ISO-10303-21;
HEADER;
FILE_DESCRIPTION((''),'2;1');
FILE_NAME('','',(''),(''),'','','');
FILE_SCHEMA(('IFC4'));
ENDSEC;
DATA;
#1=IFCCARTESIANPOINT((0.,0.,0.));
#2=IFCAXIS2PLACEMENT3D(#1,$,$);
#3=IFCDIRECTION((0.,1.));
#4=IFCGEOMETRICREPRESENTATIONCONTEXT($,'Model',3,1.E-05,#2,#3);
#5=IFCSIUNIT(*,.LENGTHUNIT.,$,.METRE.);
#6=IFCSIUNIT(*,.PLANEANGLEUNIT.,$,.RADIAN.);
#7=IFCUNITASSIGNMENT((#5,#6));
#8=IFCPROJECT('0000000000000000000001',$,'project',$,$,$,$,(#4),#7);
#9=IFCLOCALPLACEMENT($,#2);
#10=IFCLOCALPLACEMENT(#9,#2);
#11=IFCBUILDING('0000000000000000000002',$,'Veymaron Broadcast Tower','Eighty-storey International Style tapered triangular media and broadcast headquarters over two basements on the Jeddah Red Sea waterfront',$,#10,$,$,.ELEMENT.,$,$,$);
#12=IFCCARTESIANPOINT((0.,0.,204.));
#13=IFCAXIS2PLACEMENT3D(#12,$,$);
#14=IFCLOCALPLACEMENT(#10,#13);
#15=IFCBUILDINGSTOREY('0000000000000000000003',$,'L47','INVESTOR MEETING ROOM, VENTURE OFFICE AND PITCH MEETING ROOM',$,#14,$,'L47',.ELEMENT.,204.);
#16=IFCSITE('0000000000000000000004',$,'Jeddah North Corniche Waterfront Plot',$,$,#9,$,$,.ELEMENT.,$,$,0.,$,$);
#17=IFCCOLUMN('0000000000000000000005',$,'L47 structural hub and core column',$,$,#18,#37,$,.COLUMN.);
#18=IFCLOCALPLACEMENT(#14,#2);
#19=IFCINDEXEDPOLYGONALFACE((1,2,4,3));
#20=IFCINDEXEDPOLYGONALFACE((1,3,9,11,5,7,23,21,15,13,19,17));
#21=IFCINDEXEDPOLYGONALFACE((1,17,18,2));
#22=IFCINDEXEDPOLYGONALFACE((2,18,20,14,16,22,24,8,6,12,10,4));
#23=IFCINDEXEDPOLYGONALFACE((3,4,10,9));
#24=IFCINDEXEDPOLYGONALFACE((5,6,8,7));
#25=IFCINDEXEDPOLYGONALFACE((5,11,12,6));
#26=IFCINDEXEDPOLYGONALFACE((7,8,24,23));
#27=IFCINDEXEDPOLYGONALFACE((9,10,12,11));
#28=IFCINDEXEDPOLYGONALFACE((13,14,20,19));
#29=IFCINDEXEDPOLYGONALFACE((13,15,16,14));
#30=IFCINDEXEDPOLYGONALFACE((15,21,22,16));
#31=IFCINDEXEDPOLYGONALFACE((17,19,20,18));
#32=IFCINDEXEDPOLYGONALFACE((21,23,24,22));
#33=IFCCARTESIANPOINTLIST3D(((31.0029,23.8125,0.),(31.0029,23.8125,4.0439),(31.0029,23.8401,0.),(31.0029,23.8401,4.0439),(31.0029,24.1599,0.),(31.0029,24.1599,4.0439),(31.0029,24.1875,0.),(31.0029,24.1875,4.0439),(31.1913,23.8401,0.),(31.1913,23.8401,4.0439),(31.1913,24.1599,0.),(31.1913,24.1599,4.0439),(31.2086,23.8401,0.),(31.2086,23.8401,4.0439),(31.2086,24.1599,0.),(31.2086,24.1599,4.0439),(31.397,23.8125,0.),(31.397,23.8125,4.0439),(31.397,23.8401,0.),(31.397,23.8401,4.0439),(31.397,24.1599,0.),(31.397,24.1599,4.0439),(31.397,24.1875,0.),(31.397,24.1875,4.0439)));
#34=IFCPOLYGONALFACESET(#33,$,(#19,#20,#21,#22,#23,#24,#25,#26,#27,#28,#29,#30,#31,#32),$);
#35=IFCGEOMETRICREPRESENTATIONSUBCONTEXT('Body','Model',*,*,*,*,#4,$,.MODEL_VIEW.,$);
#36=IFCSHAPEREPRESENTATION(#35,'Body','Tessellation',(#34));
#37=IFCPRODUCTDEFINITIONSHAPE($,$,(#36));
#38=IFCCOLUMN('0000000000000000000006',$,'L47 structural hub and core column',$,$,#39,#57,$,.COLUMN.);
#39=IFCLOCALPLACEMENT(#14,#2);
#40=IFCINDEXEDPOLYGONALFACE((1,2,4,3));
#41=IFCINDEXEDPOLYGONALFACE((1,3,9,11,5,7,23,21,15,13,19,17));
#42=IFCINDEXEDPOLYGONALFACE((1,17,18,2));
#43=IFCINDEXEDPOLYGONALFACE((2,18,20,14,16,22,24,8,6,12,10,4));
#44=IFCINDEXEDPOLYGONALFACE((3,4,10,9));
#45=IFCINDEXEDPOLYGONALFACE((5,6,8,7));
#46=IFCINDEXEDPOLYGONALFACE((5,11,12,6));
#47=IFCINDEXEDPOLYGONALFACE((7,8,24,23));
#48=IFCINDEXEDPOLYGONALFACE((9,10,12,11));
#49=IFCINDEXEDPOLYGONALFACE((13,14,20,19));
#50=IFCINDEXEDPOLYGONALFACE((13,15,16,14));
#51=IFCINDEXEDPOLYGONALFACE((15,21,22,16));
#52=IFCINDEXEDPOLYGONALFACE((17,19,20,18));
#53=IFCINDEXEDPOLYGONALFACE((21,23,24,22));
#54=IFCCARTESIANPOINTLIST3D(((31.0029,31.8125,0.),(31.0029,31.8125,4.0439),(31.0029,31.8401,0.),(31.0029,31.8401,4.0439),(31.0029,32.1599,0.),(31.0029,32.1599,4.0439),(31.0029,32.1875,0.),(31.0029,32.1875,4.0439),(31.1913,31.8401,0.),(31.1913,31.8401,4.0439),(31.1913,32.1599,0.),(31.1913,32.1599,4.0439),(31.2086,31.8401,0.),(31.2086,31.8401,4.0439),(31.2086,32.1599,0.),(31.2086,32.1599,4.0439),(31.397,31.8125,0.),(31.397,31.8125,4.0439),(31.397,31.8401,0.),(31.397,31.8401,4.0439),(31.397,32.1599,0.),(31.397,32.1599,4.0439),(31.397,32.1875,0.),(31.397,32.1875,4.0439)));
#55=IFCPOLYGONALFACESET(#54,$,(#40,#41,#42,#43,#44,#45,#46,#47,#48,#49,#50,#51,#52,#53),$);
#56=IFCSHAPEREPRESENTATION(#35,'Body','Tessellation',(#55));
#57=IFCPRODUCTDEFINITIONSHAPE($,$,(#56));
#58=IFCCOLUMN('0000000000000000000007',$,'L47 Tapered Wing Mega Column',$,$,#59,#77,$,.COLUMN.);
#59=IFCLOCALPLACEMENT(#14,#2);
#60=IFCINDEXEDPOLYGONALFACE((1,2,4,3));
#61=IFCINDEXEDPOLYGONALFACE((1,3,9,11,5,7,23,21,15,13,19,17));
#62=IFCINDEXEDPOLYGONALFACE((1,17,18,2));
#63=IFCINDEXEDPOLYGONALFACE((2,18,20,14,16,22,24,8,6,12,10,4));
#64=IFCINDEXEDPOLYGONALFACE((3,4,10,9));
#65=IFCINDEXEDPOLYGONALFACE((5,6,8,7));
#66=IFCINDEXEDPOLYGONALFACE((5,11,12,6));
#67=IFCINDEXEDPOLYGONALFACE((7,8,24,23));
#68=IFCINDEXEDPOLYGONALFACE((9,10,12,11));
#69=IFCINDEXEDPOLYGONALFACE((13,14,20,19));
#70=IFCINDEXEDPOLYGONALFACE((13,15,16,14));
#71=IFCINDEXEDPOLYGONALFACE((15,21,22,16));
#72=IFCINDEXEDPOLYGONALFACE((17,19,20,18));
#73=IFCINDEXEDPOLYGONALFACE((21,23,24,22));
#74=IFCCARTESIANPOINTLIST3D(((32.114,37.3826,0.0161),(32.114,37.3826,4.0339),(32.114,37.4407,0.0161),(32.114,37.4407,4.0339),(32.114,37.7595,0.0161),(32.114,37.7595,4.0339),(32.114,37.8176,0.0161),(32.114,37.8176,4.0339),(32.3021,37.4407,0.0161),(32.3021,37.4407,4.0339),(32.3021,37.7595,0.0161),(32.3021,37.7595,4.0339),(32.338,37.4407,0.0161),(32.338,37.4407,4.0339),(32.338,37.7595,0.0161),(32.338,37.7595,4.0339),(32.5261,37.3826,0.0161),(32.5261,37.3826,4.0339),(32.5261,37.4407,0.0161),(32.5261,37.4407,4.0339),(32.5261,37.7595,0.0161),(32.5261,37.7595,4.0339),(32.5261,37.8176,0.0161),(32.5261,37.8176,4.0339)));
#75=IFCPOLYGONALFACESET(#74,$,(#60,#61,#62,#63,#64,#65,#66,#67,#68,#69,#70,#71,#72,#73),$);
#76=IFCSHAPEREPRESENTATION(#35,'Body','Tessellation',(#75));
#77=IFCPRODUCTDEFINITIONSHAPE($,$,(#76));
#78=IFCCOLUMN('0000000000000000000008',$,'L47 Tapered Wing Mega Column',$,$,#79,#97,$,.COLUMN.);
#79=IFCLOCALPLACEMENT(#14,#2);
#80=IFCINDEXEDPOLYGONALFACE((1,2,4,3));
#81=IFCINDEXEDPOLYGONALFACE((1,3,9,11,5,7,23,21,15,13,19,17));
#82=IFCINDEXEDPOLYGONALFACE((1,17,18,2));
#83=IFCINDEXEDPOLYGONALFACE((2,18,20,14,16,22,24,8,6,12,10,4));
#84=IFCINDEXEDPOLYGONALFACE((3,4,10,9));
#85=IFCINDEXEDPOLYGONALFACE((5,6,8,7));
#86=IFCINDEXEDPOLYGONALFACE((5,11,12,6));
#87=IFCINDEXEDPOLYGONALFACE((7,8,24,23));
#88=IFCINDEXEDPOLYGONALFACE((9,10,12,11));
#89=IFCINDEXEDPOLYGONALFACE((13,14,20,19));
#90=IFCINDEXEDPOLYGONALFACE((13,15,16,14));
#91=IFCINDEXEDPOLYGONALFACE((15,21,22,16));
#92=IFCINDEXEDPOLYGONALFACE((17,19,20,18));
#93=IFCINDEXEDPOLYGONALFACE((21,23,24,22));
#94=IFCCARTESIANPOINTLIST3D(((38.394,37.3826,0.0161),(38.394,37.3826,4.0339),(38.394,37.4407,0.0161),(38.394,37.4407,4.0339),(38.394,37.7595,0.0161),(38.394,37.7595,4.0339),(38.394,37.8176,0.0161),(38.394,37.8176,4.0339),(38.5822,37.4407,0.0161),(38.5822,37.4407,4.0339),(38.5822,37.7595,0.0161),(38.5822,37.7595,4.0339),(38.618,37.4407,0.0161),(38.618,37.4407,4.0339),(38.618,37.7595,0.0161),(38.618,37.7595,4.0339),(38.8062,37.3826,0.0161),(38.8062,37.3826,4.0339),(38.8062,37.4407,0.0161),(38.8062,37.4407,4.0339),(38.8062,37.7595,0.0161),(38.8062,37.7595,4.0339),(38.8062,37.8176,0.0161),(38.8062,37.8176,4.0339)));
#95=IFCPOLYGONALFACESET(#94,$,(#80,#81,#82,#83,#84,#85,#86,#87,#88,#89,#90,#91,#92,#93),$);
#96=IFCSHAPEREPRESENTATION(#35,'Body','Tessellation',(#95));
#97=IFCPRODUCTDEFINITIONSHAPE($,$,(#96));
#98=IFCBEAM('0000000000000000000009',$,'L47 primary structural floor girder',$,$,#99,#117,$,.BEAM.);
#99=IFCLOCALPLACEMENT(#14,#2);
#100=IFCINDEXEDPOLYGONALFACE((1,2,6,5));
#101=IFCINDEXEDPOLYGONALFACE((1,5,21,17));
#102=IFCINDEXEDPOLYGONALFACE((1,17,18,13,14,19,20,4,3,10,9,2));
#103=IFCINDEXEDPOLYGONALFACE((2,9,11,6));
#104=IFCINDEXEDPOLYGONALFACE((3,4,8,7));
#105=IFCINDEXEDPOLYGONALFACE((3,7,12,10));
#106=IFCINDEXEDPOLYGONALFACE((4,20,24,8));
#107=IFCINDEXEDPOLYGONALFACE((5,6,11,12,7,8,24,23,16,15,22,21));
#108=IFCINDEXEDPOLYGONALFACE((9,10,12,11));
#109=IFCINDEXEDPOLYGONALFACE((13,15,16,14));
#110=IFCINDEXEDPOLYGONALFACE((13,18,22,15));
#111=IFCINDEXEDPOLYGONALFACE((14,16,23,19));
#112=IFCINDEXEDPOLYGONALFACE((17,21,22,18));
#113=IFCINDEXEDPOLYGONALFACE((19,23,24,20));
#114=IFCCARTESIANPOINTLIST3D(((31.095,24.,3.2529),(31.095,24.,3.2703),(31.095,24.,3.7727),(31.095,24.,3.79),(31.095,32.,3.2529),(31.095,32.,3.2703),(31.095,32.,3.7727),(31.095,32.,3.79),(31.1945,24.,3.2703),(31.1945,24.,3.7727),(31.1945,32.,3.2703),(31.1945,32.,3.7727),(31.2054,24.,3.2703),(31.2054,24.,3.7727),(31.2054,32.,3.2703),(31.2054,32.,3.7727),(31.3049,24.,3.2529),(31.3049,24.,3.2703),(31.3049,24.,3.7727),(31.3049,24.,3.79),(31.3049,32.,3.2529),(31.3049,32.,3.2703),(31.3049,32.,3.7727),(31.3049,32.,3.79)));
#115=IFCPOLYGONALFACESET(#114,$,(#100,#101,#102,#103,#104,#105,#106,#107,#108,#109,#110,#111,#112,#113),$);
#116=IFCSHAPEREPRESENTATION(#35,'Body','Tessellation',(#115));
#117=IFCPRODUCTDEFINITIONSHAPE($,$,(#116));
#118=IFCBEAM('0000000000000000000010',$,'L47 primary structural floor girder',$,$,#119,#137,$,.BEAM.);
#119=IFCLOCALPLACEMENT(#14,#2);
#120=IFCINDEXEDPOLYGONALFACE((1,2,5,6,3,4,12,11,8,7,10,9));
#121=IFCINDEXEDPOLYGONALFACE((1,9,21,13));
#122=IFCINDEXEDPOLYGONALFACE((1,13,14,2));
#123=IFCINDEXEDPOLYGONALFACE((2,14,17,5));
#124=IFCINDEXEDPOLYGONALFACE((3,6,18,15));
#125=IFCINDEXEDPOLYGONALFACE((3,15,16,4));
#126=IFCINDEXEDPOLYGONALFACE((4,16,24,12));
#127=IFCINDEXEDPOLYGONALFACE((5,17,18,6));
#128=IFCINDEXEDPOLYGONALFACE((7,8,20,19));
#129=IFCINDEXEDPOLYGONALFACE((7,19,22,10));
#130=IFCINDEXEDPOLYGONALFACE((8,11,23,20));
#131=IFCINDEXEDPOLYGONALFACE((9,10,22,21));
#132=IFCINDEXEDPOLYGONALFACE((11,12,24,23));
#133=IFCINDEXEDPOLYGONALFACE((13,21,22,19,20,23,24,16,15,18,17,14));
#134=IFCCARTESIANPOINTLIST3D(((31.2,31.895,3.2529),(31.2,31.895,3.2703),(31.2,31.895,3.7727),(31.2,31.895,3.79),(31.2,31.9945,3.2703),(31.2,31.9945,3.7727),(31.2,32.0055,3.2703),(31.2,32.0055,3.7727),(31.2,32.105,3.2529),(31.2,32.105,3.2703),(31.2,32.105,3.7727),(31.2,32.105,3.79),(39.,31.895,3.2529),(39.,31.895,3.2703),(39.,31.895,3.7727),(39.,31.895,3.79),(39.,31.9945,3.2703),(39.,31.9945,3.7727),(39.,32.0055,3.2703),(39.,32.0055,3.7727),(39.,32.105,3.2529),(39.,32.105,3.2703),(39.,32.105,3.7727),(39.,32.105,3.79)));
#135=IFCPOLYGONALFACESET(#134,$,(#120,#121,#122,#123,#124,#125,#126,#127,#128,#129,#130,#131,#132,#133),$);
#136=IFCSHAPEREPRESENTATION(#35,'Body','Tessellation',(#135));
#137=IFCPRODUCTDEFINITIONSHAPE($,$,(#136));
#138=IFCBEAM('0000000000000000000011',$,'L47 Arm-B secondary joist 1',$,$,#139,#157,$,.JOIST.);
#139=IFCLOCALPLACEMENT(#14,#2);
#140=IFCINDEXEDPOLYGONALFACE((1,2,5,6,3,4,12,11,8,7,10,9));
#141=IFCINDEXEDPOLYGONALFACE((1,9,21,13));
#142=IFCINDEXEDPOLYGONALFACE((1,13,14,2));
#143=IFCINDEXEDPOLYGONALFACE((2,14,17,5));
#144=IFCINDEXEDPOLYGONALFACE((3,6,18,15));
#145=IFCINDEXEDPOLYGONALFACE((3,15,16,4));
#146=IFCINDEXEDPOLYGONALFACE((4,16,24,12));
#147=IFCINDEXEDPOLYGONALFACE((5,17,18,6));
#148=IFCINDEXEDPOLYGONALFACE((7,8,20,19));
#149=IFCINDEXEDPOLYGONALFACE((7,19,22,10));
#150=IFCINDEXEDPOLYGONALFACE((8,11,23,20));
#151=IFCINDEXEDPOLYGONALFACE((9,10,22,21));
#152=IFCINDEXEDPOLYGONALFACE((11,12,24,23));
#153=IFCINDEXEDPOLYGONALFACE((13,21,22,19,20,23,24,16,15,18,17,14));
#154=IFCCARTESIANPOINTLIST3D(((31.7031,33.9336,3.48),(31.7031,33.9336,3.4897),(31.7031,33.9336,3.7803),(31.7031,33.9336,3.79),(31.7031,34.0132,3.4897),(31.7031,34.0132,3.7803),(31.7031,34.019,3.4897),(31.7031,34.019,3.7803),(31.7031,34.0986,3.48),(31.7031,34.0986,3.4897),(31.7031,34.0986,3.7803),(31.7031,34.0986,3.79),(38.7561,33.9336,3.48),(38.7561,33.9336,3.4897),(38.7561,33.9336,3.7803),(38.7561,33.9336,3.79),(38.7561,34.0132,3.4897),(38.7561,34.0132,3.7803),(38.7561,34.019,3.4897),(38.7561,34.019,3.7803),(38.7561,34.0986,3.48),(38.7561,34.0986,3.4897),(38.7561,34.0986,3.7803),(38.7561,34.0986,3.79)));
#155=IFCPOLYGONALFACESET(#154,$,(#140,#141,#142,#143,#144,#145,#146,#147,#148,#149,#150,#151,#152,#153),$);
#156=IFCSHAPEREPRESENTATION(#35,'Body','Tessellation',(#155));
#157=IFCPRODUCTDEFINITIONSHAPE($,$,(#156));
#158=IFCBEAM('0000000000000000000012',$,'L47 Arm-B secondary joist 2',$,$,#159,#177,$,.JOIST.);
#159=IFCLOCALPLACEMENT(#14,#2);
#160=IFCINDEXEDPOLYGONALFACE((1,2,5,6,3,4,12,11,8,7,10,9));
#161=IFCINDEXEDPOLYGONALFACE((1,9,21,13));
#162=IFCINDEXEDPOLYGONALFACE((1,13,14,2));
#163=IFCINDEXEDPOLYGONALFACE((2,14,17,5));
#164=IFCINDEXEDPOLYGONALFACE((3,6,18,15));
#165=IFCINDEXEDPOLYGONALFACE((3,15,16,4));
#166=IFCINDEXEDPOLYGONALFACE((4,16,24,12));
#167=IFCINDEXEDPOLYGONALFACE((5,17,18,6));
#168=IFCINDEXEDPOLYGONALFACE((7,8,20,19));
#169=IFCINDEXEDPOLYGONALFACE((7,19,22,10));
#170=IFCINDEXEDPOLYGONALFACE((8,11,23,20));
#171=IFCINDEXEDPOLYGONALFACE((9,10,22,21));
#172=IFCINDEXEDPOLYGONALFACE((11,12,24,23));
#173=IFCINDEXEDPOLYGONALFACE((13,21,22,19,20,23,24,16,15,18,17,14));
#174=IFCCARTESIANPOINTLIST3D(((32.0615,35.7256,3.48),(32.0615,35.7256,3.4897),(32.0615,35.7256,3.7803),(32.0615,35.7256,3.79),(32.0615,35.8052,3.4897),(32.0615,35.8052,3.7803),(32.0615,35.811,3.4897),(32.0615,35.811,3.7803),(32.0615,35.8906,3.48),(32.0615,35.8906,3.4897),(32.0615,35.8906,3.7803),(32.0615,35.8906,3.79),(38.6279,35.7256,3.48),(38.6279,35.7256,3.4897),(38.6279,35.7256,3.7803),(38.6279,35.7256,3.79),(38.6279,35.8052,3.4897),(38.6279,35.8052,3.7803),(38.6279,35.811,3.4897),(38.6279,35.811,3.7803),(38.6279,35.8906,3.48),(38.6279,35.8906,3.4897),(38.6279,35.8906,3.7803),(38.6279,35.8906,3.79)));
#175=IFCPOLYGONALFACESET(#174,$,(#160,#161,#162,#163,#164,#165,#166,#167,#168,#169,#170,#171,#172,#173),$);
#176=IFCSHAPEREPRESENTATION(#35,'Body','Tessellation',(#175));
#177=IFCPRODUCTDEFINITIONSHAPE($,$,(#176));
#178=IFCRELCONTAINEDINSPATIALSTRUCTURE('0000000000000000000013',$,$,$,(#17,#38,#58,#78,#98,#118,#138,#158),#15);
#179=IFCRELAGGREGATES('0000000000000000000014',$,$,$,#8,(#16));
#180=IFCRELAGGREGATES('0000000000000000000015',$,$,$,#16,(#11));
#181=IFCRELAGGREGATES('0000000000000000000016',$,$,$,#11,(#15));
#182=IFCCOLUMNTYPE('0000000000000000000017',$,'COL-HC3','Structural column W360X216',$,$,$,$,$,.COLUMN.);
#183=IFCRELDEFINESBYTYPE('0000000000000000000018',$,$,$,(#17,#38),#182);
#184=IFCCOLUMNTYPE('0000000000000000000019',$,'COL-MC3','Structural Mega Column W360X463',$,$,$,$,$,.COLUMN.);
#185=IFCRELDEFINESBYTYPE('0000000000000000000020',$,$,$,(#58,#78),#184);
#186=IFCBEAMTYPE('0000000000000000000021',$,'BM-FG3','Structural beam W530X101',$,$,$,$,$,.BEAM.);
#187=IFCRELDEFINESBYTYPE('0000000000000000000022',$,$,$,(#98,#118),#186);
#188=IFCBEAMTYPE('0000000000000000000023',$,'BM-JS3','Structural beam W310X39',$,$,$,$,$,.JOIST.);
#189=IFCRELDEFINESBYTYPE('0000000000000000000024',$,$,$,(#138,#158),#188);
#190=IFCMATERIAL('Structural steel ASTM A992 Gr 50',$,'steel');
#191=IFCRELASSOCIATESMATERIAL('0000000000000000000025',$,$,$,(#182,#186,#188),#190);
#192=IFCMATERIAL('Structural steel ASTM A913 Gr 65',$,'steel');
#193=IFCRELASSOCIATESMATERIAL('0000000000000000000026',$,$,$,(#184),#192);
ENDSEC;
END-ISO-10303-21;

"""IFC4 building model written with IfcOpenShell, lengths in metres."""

from ifc_helpers import new_model, si_unit, direction, frame, origin, origin_2d, place, context, subcontext, project, spatial, i_section, extrude, material, material_profile, profile_set, type_object, element, save


model = new_model("IFC4")

# Units and contexts
model_context = context("Model", 3, precision=1e-05, world=origin(), true_north=direction((0.0, 1.0)))
body_context = subcontext(model_context, "Body", "Model", "MODEL_VIEW")
ifc_project = project(units=[si_unit("LENGTHUNIT", "METRE"), si_unit("PLANEANGLEUNIT", "RADIAN")], contexts=[model_context])

# Site, building, storey
site_placement = place(None, origin())
site = spatial("IfcSite", under=ifc_project, at=site_placement, Name="Jeddah North Corniche Waterfront Plot", CompositionType="ELEMENT", RefElevation=0.0)
building_placement = place(site_placement, origin())
building = spatial("IfcBuilding", under=site, at=building_placement, Name="Veymaron Broadcast Tower", Description="Eighty-storey International Style tapered triangular media and broadcast headquarters over two basements on the Jeddah Red Sea waterfront", CompositionType="ELEMENT")
storey_placement = place(building_placement, frame((0.0, 0.0, 204.0)))
storey = spatial("IfcBuildingStorey", under=building, at=storey_placement, Name="L47", Description="INVESTOR MEETING ROOM, VENTURE OFFICE AND PITCH MEETING ROOM", LongName="L47", CompositionType="ELEMENT", Elevation=204.0)

# Columns
ifc_material_1 = material(Name="Structural steel ASTM A992 Gr 50", Category="steel")
ifc_material_profile_1 = material_profile(ifc_material_1, i_section(OverallWidth=0.394, OverallDepth=0.375, WebThickness=0.0173, FlangeThickness=0.0276, at=origin_2d()), Name="W360X216")
ifc_profile_set_1 = profile_set([ifc_material_profile_1], Name="Structural steel ASTM A992 Gr 50")
column_type_1 = type_object("IfcColumnType", Name="COL-HC3", Description="Structural column W360X216", PredefinedType="COLUMN", material=ifc_profile_set_1)
for number, where, z_axis, x_axis, name in (
    (1, (31.2, 24.0, 0.0), (0.0, 0.0, 1.0), (1.0, 0.0, 0.0), "L47 structural hub and core column"),
    (2, (31.2, 32.0, 0.0), (0.0, 0.0, 1.0), (1.0, 0.0, 0.0), "L47 structural hub and core column"),
):
    element("IfcColumn", number, at=place(storey_placement, frame(where, z_axis=z_axis, x_axis=x_axis)), inside=storey, type_object=column_type_1, Name=name, PredefinedType="COLUMN", context=body_context, shape_type="SweptSolid", body=[
        extrude(i_section(OverallWidth=0.394, OverallDepth=0.375, WebThickness=0.0173, FlangeThickness=0.0276, at=origin_2d()), origin(), (0.0, 0.0, 1.0), 4.0439),
    ])
ifc_material_2 = material(Name="Structural steel ASTM A913 Gr 65", Category="steel")
ifc_material_profile_2 = material_profile(ifc_material_2, i_section(OverallWidth=0.4121, OverallDepth=0.4351, WebThickness=0.0359, FlangeThickness=0.0581, at=origin_2d()), Name="W360X463")
ifc_profile_set_2 = profile_set([ifc_material_profile_2], Name="Structural steel ASTM A913 Gr 65")
column_type_2 = type_object("IfcColumnType", Name="COL-MC3", Description="Structural Mega Column W360X463", PredefinedType="COLUMN", material=ifc_profile_set_2)
for number, where, z_axis, x_axis, name in (
    (3, (32.3201, 37.6001, 0.0161), (0.0, 0.0, 1.0), (1.0, 0.0, 0.0), "L47 Tapered Wing Mega Column"),
    (4, (38.6001, 37.6001, 0.0161), (0.0, 0.0, 1.0), (1.0, 0.0, 0.0), "L47 Tapered Wing Mega Column"),
):
    element("IfcColumn", number, at=place(storey_placement, frame(where, z_axis=z_axis, x_axis=x_axis)), inside=storey, type_object=column_type_2, Name=name, PredefinedType="COLUMN", context=body_context, shape_type="SweptSolid", body=[
        extrude(i_section(OverallWidth=0.4121, OverallDepth=0.4351, WebThickness=0.0359, FlangeThickness=0.0581, at=origin_2d()), origin(), (0.0, 0.0, 1.0), 4.0178),
    ])

# Beams
ifc_material_profile_3 = material_profile(ifc_material_1, i_section(OverallWidth=0.21, OverallDepth=0.5371, WebThickness=0.011, FlangeThickness=0.0173, at=origin_2d()), Name="W530X101")
ifc_profile_set_3 = profile_set([ifc_material_profile_3], Name="Structural steel ASTM A992 Gr 50")
beam_type_1 = type_object("IfcBeamType", Name="BM-FG3", Description="Structural beam W530X101", PredefinedType="BEAM", material=ifc_profile_set_3)
beam_1_placement = place(storey_placement, frame((31.2, 24.0, 3.5215), z_axis=(0.0, 1.0, 0.0), x_axis=(-1.0, 0.0, 0.0)))
element("IfcBeam", 5, at=beam_1_placement, inside=storey, type_object=beam_type_1, Name="L47 primary structural floor girder", PredefinedType="BEAM", context=body_context, shape_type="SweptSolid", body=[
    extrude(i_section(OverallWidth=0.21, OverallDepth=0.5371, WebThickness=0.011, FlangeThickness=0.0173, at=origin_2d()), origin(), (0.0, 0.0, 1.0), 8.0),
])
beam_2_placement = place(storey_placement, frame((31.2, 32.0, 3.5215), z_axis=(1.0, 0.0, 0.0), x_axis=(0.0, 1.0, 0.0)))
element("IfcBeam", 6, at=beam_2_placement, inside=storey, type_object=beam_type_1, Name="L47 primary structural floor girder", PredefinedType="BEAM", context=body_context, shape_type="SweptSolid", body=[
    extrude(i_section(OverallWidth=0.21, OverallDepth=0.5371, WebThickness=0.011, FlangeThickness=0.0173, at=origin_2d()), origin(), (0.0, 0.0, 1.0), 7.8),
])
ifc_material_profile_4 = material_profile(ifc_material_1, i_section(OverallWidth=0.165, OverallDepth=0.3101, WebThickness=0.0059, FlangeThickness=0.0098, at=origin_2d()), Name="W310X39")
ifc_profile_set_4 = profile_set([ifc_material_profile_4], Name="Structural steel ASTM A992 Gr 50")
beam_type_2 = type_object("IfcBeamType", Name="BM-JS3", Description="Structural beam W310X39", PredefinedType="JOIST", material=ifc_profile_set_4)
beam_3_placement = place(storey_placement, frame((31.7031, 34.0161, 3.635), z_axis=(1.0, 0.0, 0.0), x_axis=(0.0, 1.0, 0.0)))
element("IfcBeam", 7, at=beam_3_placement, inside=storey, type_object=beam_type_2, Name="L47 Arm-B secondary joist 1", PredefinedType="JOIST", context=body_context, shape_type="SweptSolid", body=[
    extrude(i_section(OverallWidth=0.165, OverallDepth=0.3101, WebThickness=0.0059, FlangeThickness=0.0098, at=origin_2d()), origin(), (0.0, 0.0, 1.0), 7.053),
])
beam_4_placement = place(storey_placement, frame((32.0615, 35.8081, 3.635), z_axis=(1.0, 0.0, 0.0), x_axis=(0.0, 1.0, 0.0)))
element("IfcBeam", 8, at=beam_4_placement, inside=storey, type_object=beam_type_2, Name="L47 Arm-B secondary joist 2", PredefinedType="JOIST", context=body_context, shape_type="SweptSolid", body=[
    extrude(i_section(OverallWidth=0.165, OverallDepth=0.3101, WebThickness=0.0059, FlangeThickness=0.0098, at=origin_2d()), origin(), (0.0, 0.0, 1.0), 6.5664),
])

save(model, "model.ifc")
